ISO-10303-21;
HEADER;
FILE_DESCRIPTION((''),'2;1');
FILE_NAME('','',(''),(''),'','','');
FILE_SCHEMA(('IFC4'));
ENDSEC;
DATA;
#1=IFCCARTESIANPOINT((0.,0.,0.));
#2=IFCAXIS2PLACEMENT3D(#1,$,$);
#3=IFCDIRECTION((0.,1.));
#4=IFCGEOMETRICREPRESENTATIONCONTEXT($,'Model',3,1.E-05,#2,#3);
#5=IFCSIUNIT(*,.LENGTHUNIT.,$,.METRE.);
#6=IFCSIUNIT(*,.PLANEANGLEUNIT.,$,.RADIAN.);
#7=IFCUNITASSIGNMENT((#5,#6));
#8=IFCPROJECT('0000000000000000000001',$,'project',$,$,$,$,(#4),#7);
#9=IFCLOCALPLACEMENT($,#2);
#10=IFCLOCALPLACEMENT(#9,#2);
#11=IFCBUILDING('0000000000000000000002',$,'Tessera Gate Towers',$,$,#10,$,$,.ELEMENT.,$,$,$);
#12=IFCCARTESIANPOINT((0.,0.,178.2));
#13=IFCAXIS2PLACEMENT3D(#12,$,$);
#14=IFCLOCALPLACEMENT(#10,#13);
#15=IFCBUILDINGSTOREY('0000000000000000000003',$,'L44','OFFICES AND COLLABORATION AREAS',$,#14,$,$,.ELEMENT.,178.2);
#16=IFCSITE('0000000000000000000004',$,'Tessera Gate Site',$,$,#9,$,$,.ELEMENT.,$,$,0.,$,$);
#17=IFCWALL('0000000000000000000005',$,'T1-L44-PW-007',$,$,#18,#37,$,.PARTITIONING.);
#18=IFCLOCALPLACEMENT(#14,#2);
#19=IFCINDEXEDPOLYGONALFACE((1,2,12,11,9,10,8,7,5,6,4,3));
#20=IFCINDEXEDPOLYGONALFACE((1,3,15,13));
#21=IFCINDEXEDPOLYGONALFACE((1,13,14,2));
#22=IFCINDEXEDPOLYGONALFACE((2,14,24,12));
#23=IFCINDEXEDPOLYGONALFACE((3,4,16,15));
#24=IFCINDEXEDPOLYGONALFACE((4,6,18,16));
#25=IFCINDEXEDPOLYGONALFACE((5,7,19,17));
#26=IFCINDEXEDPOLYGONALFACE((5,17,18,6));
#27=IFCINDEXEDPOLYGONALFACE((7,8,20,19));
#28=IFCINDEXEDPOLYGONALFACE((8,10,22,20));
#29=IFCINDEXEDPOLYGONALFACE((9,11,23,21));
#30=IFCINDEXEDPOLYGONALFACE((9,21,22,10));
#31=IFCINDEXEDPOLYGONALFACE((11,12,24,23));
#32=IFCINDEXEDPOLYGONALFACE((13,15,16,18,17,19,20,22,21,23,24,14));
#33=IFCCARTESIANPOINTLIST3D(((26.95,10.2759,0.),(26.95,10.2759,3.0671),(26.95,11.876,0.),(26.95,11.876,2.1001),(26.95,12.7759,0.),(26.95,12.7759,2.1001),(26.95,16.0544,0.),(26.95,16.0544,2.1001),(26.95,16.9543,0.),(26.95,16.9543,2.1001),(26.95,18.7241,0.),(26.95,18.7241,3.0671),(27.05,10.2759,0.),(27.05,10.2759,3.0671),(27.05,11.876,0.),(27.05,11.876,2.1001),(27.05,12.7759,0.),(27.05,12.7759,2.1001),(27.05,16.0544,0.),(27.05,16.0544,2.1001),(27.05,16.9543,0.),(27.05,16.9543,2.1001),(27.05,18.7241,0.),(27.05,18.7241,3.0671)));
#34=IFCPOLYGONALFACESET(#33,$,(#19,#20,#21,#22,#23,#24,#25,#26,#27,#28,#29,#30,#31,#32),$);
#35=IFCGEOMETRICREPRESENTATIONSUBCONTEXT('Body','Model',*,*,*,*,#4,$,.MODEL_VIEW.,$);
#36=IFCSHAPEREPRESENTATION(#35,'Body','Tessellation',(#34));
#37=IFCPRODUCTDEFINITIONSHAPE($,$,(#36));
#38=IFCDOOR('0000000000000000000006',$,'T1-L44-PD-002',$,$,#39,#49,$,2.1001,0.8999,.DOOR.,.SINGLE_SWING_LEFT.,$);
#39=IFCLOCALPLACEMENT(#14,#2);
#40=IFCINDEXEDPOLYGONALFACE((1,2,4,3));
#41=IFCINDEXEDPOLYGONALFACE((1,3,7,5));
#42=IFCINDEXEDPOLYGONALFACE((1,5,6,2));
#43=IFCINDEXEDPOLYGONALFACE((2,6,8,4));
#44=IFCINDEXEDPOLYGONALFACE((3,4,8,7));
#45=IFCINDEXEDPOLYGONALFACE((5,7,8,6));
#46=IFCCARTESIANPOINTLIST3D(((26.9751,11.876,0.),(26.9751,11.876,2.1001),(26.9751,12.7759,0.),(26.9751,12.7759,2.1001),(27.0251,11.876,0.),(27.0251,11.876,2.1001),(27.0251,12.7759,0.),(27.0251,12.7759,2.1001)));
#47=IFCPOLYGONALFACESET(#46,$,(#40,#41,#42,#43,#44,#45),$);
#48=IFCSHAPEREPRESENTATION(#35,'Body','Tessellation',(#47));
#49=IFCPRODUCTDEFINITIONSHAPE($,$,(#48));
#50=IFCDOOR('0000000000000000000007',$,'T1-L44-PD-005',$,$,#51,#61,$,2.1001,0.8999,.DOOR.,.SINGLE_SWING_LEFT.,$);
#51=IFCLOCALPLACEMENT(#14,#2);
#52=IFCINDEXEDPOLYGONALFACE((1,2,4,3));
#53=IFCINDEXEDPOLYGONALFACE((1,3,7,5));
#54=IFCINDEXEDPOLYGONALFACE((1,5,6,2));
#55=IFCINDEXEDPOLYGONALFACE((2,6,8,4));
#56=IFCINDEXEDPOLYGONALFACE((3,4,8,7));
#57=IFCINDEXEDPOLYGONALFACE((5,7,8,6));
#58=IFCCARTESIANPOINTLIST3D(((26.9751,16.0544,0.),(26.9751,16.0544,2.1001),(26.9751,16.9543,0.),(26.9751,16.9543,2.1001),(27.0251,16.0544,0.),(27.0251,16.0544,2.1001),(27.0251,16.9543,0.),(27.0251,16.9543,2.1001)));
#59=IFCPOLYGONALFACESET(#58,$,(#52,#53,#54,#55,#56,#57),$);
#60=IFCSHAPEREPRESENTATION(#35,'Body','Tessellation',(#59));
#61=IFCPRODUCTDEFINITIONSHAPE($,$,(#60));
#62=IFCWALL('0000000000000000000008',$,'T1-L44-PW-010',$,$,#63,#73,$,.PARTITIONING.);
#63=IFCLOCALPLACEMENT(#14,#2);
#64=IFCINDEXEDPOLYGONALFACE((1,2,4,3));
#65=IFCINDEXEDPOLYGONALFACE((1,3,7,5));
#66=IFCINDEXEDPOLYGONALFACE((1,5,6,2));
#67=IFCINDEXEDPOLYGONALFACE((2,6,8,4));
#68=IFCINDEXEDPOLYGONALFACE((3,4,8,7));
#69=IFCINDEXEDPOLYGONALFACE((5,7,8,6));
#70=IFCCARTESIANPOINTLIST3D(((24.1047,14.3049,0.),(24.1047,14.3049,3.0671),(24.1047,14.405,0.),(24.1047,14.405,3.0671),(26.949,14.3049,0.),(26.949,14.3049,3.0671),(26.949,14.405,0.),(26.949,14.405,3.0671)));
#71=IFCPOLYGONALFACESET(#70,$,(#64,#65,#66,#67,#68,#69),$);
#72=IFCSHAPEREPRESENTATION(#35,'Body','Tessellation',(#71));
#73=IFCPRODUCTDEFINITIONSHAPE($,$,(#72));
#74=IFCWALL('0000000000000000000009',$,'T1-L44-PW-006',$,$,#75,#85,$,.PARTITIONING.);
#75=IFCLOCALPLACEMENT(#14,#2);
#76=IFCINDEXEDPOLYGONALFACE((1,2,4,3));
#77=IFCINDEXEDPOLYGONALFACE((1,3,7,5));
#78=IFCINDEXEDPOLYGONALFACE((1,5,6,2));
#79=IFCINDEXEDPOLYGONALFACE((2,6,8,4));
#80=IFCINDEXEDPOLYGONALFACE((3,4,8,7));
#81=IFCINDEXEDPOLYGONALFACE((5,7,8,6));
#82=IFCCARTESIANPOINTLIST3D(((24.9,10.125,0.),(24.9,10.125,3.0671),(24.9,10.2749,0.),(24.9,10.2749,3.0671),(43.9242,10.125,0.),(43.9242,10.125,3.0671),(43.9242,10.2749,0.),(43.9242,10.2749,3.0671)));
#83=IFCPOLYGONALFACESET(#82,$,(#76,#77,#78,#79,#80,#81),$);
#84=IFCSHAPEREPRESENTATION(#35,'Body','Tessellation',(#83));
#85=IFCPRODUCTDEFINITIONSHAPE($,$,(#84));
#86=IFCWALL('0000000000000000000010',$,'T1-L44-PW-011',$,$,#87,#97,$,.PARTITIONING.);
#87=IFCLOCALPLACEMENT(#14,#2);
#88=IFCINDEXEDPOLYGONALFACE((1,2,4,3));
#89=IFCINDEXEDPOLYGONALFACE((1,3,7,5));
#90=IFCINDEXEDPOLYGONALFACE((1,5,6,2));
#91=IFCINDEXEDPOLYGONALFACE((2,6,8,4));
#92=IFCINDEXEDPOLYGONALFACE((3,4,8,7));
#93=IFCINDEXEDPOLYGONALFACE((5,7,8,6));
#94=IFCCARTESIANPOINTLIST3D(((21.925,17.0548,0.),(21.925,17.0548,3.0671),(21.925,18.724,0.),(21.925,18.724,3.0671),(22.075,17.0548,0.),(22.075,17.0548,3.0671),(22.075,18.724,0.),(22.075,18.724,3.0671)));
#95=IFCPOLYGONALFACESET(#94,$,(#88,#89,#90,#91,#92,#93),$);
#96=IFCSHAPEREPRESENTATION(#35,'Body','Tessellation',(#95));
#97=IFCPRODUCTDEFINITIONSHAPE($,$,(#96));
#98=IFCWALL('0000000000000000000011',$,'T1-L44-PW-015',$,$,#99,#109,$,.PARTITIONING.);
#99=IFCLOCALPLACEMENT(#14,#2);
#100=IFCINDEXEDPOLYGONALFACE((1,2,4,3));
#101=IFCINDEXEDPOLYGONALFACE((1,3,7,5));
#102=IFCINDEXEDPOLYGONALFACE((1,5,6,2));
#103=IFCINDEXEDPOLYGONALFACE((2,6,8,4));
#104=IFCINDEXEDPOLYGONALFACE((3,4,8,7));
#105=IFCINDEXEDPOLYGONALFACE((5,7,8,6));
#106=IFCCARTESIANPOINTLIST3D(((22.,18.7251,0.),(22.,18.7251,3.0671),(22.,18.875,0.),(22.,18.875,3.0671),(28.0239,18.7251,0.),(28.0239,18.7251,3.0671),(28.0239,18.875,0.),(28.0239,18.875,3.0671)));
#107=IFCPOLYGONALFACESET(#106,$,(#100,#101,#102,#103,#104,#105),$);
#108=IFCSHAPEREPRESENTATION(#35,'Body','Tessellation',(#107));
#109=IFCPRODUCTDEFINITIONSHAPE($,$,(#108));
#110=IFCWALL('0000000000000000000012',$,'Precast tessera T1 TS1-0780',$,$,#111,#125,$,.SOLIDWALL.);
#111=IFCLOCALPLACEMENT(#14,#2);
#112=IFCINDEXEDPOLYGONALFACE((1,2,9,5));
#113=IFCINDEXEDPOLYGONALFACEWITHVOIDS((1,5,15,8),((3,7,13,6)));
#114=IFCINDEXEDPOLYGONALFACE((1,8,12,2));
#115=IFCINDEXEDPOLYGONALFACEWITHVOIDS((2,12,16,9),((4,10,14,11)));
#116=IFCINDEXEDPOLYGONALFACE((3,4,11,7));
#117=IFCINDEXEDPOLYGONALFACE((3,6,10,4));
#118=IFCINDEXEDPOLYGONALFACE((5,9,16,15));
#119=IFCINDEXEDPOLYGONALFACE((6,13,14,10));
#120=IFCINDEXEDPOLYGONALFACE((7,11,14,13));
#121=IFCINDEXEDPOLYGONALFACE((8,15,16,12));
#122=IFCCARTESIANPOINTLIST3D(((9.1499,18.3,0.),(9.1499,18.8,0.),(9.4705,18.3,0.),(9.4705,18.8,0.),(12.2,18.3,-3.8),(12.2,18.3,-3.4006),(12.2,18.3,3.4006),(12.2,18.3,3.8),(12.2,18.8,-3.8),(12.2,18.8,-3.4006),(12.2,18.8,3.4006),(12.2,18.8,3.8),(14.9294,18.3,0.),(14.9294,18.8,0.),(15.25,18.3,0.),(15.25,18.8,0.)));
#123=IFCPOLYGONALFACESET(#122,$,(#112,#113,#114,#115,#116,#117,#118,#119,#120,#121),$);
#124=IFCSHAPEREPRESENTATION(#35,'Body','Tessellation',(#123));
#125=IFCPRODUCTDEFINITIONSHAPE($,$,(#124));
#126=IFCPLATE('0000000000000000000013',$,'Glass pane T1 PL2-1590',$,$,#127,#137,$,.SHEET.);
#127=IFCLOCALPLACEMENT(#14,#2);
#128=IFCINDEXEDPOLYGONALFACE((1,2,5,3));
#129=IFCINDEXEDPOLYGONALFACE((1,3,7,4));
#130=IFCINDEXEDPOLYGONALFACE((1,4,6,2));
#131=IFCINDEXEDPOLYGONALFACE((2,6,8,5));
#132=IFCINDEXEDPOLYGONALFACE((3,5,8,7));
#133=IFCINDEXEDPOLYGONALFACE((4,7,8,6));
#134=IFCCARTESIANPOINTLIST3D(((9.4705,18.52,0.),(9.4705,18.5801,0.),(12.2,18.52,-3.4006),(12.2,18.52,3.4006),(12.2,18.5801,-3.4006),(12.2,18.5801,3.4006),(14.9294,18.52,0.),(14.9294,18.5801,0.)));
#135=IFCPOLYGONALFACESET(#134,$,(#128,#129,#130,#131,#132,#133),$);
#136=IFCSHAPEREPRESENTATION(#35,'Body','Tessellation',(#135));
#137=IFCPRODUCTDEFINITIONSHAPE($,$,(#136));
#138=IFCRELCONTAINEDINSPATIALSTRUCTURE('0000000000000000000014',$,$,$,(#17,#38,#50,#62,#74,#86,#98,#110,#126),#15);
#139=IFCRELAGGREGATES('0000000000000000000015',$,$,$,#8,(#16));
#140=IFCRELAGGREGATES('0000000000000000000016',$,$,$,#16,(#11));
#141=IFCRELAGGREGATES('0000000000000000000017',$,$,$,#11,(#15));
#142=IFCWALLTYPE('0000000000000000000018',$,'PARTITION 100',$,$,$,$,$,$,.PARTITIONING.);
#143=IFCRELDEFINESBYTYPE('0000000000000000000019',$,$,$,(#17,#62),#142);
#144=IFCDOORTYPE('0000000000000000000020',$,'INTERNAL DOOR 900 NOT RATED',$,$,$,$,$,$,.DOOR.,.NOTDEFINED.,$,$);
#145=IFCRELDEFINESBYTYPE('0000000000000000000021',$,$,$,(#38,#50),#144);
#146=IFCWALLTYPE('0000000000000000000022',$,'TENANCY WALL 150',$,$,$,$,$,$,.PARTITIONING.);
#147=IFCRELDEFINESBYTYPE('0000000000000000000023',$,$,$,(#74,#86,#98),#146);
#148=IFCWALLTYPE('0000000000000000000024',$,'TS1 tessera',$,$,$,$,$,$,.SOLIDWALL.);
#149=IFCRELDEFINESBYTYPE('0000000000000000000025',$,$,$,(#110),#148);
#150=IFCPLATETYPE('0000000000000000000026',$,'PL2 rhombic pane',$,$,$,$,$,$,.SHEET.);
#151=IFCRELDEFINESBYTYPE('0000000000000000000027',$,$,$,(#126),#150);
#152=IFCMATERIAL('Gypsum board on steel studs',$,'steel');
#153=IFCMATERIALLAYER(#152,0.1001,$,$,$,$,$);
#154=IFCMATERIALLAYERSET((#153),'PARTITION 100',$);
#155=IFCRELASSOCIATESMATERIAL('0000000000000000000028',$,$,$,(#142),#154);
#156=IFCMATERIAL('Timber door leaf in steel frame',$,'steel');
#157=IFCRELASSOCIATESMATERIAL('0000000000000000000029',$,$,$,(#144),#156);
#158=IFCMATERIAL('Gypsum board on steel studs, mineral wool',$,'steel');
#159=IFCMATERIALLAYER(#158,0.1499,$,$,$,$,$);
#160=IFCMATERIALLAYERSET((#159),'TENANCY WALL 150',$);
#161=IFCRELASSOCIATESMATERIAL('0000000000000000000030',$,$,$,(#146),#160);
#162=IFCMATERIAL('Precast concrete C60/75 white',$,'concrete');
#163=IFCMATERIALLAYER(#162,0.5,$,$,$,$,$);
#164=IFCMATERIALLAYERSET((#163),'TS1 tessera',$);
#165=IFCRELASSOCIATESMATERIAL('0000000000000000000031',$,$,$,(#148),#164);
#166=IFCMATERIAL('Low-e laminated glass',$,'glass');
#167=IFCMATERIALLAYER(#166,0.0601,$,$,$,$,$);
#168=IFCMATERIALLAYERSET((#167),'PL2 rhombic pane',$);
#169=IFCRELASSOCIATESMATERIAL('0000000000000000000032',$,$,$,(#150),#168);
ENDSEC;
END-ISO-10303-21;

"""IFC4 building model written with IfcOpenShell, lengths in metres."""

from ifc_helpers import new_model, si_unit, direction, frame, frame_2d, origin, place, context, subcontext, project, spatial, polyline, rectangle, outline, extrude, source, transform, mapped, material, layer, layer_set, type_object, element, fill, save


model = new_model("IFC4")

# Units and contexts
model_context = context("Model", 3, precision=1e-05, world=origin(), true_north=direction((0.0, 1.0)))
body_context = subcontext(model_context, "Body", "Model", "MODEL_VIEW")
ifc_project = project(units=[si_unit("LENGTHUNIT", "METRE"), si_unit("PLANEANGLEUNIT", "RADIAN")], contexts=[model_context])

# Site, building, storey
site_placement = place(None, origin())
site = spatial("IfcSite", under=ifc_project, at=site_placement, Name="Tessera Gate Site", CompositionType="ELEMENT", RefElevation=0.0)
building_placement = place(site_placement, origin())
building = spatial("IfcBuilding", under=site, at=building_placement, Name="Tessera Gate Towers", CompositionType="ELEMENT")
storey_placement = place(building_placement, frame((0.0, 0.0, 178.2)))
storey = spatial("IfcBuildingStorey", under=building, at=storey_placement, Name="L44", Description="OFFICES AND COLLABORATION AREAS", CompositionType="ELEMENT", Elevation=178.2)

# Wall, openings, doors
ifc_material_1 = material(Name="Gypsum board on steel studs", Category="steel")
ifc_layer_1 = layer(ifc_material_1, 0.1001)
ifc_layer_set_1 = layer_set([ifc_layer_1], Name="PARTITION 100")
wall_type_1 = type_object("IfcWallType", Name="PARTITION 100", PredefinedType="PARTITIONING", material=ifc_layer_set_1)
wall_1_placement = place(storey_placement, frame((27.0, 10.2759, 0.0), z_axis=(0.0, 0.0, 1.0), x_axis=(0.0, 1.0, 0.0)))
wall_1 = element("IfcWall", 1, at=wall_1_placement, inside=storey, type_object=wall_type_1, Name="T1-L44-PW-007", PredefinedType="PARTITIONING", context=body_context, shape_type="SweptSolid", body=[
    extrude(rectangle(XDim=8.4482, YDim=0.1001, at=frame_2d((4.2241, 0.0))), origin(), (0.0, 0.0, 1.0), 3.0671),
])
shared_shape_1 = source(origin(), body_context, "Body", "SweptSolid", [
    extrude(rectangle(XDim=0.8999, YDim=2.1001, at=frame_2d((0.45, 1.05))), frame((0.0, 0.0601, 0.0), z_axis=(0.0, -1.0, 0.0), x_axis=(1.0, 0.0, 0.0)), (0.0, 0.0, 1.0), 0.1201),
])
opening_1_placement = place(wall_1_placement, frame((1.6001, 0.0, 0.0)))
opening_1 = element("IfcOpeningElement", 2, at=opening_1_placement, cuts=wall_1, PredefinedType="OPENING", context=body_context, shape_type="MappedRepresentation", body=[
    mapped(shared_shape_1, transform((0.0, 0.0, 0.0), scale=1.0)),
])
opening_2_placement = place(wall_1_placement, frame((5.7786, 0.0, 0.0)))
opening_2 = element("IfcOpeningElement", 3, at=opening_2_placement, cuts=wall_1, PredefinedType="OPENING", context=body_context, shape_type="MappedRepresentation", body=[
    mapped(shared_shape_1, transform((0.0, 0.0, 0.0), scale=1.0)),
])
ifc_material_2 = material(Name="Timber door leaf in steel frame", Category="steel")
door_type = type_object("IfcDoorType", Name="INTERNAL DOOR 900 NOT RATED", OperationType="NOTDEFINED", PredefinedType="DOOR", material=ifc_material_2)
shared_shape_2 = source(origin(), body_context, "Body", "SweptSolid", [
    extrude(rectangle(XDim=0.8999, YDim=2.1001, at=frame_2d((0.45, 1.05))), frame((0.0, 0.0249, 0.0), z_axis=(0.0, -1.0, 0.0), x_axis=(1.0, 0.0, 0.0)), (0.0, 0.0, 1.0), 0.05),
])
door_1_placement = place(opening_1_placement, origin())
door_1 = element("IfcDoor", 4, at=door_1_placement, inside=storey, type_object=door_type, Name="T1-L44-PD-002", OperationType="SINGLE_SWING_LEFT", OverallHeight=2.1001, OverallWidth=0.8999, PredefinedType="DOOR", context=body_context, shape_type="MappedRepresentation", body=[
    mapped(shared_shape_2, transform((0.0, 0.0, 0.0), scale=1.0)),
])
fill(opening_1, door_1)
door_2_placement = place(opening_2_placement, origin())
door_2 = element("IfcDoor", 5, at=door_2_placement, inside=storey, type_object=door_type, Name="T1-L44-PD-005", OperationType="SINGLE_SWING_LEFT", OverallHeight=2.1001, OverallWidth=0.8999, PredefinedType="DOOR", context=body_context, shape_type="MappedRepresentation", body=[
    mapped(shared_shape_2, transform((0.0, 0.0, 0.0), scale=1.0)),
])
fill(opening_2, door_2)

# Walls
wall_2_placement = place(storey_placement, frame((24.1047, 14.355, 0.0), z_axis=(0.0, 0.0, 1.0), x_axis=(1.0, 0.0, 0.0)))
element("IfcWall", 6, at=wall_2_placement, inside=storey, type_object=wall_type_1, Name="T1-L44-PW-010", PredefinedType="PARTITIONING", context=body_context, shape_type="SweptSolid", body=[
    extrude(rectangle(XDim=2.8442, YDim=0.1001, at=frame_2d((1.4221, 0.0))), origin(), (0.0, 0.0, 1.0), 3.0671),
])
ifc_material_3 = material(Name="Gypsum board on steel studs, mineral wool", Category="steel")
ifc_layer_2 = layer(ifc_material_3, 0.1499)
ifc_layer_set_2 = layer_set([ifc_layer_2], Name="TENANCY WALL 150")
wall_type_2 = type_object("IfcWallType", Name="TENANCY WALL 150", PredefinedType="PARTITIONING", material=ifc_layer_set_2)
wall_3_placement = place(storey_placement, frame((24.8999, 10.2, 0.0), z_axis=(0.0, 0.0, 1.0), x_axis=(1.0, 0.0, 0.0)))
element("IfcWall", 7, at=wall_3_placement, inside=storey, type_object=wall_type_2, Name="T1-L44-PW-006", PredefinedType="PARTITIONING", context=body_context, shape_type="SweptSolid", body=[
    extrude(rectangle(XDim=19.0242, YDim=0.1499, at=frame_2d((9.5122, 0.0))), origin(), (0.0, 0.0, 1.0), 3.0671),
])
wall_4_placement = place(storey_placement, frame((22.0, 17.0549, 0.0), z_axis=(0.0, 0.0, 1.0), x_axis=(0.0, 1.0, 0.0)))
element("IfcWall", 8, at=wall_4_placement, inside=storey, type_object=wall_type_2, Name="T1-L44-PW-011", PredefinedType="PARTITIONING", context=body_context, shape_type="SweptSolid", body=[
    extrude(rectangle(XDim=1.6692, YDim=0.1499, at=frame_2d((0.8345, 0.0))), origin(), (0.0, 0.0, 1.0), 3.0671),
])
wall_5_placement = place(storey_placement, frame((22.0, 18.8, 0.0), z_axis=(0.0, 0.0, 1.0), x_axis=(1.0, 0.0, 0.0)))
element("IfcWall", 9, at=wall_5_placement, inside=storey, type_object=wall_type_2, Name="T1-L44-PW-015", PredefinedType="PARTITIONING", context=body_context, shape_type="SweptSolid", body=[
    extrude(rectangle(XDim=6.0239, YDim=0.1499, at=frame_2d((3.012, 0.0))), origin(), (0.0, 0.0, 1.0), 3.0671),
])

# Wall, opening, plate
ifc_material_4 = material(Name="Precast concrete C60/75 white", Category="concrete")
ifc_layer_3 = layer(ifc_material_4, 0.5)
ifc_layer_set_3 = layer_set([ifc_layer_3], Name="TS1 tessera")
wall_type_3 = type_object("IfcWallType", Name="TS1 tessera", PredefinedType="SOLIDWALL", material=ifc_layer_set_3)
shared_shape_3 = source(origin(), body_context, "Body", "SweptSolid", [
    extrude(outline(polyline([(3.05, 0.0), (6.1001, 3.8), (3.05, 7.6001), (0.0, 3.8), (3.05, 0.0)])), frame((0.0, 0.25, 0.0), z_axis=(0.0, -1.0, 0.0), x_axis=(1.0, 0.0, 0.0)), (0.0, 0.0, 1.0), 0.5),
])
wall_6_placement = place(storey_placement, frame((9.1499, 18.55, -3.8), z_axis=(0.0, 0.0, 1.0), x_axis=(1.0, 0.0, 0.0)))
wall_6 = element("IfcWall", 10, at=wall_6_placement, inside=storey, type_object=wall_type_3, Name="Precast tessera T1 TS1-0780", PredefinedType="SOLIDWALL", context=body_context, shape_type="MappedRepresentation", body=[
    mapped(shared_shape_3, transform((0.0, 0.0, 0.0), scale=1.0)),
])
shared_shape_4 = source(origin(), body_context, "Body", "SweptSolid", [
    extrude(outline(polyline([(3.05, 0.3994), (5.7795, 3.8), (3.05, 7.2007), (0.3206, 3.8), (3.05, 0.3994)])), frame((0.0, 0.26, 0.0), z_axis=(0.0, -1.0, 0.0), x_axis=(1.0, 0.0, 0.0)), (0.0, 0.0, 1.0), 0.52),
])
opening_3_placement = place(wall_6_placement, origin())
opening_3 = element("IfcOpeningElement", 11, at=opening_3_placement, cuts=wall_6, PredefinedType="OPENING", context=body_context, shape_type="MappedRepresentation", body=[
    mapped(shared_shape_4, transform((0.0, 0.0, 0.0), scale=1.0)),
])
ifc_material_5 = material(Name="Low-e laminated glass", Category="glass")
ifc_layer_4 = layer(ifc_material_5, 0.0601)
ifc_layer_set_4 = layer_set([ifc_layer_4], Name="PL2 rhombic pane")
plate_type = type_object("IfcPlateType", Name="PL2 rhombic pane", PredefinedType="SHEET", material=ifc_layer_set_4)
shared_shape_5 = source(origin(), body_context, "Body", "SweptSolid", [
    extrude(outline(polyline([(3.05, 0.3994), (5.7795, 3.8), (3.05, 7.2007), (0.3206, 3.8), (3.05, 0.3994)])), frame((0.0, 0.03, 0.0), z_axis=(0.0, -1.0, 0.0), x_axis=(1.0, 0.0, 0.0)), (0.0, 0.0, 1.0), 0.0601),
])
plate_placement = place(opening_3_placement, origin())
plate = element("IfcPlate", 12, at=plate_placement, inside=storey, type_object=plate_type, Name="Glass pane T1 PL2-1590", PredefinedType="SHEET", context=body_context, shape_type="MappedRepresentation", body=[
    mapped(shared_shape_5, transform((0.0, 0.0, 0.0), scale=1.0)),
])
fill(opening_3, plate)

save(model, "model.ifc")
